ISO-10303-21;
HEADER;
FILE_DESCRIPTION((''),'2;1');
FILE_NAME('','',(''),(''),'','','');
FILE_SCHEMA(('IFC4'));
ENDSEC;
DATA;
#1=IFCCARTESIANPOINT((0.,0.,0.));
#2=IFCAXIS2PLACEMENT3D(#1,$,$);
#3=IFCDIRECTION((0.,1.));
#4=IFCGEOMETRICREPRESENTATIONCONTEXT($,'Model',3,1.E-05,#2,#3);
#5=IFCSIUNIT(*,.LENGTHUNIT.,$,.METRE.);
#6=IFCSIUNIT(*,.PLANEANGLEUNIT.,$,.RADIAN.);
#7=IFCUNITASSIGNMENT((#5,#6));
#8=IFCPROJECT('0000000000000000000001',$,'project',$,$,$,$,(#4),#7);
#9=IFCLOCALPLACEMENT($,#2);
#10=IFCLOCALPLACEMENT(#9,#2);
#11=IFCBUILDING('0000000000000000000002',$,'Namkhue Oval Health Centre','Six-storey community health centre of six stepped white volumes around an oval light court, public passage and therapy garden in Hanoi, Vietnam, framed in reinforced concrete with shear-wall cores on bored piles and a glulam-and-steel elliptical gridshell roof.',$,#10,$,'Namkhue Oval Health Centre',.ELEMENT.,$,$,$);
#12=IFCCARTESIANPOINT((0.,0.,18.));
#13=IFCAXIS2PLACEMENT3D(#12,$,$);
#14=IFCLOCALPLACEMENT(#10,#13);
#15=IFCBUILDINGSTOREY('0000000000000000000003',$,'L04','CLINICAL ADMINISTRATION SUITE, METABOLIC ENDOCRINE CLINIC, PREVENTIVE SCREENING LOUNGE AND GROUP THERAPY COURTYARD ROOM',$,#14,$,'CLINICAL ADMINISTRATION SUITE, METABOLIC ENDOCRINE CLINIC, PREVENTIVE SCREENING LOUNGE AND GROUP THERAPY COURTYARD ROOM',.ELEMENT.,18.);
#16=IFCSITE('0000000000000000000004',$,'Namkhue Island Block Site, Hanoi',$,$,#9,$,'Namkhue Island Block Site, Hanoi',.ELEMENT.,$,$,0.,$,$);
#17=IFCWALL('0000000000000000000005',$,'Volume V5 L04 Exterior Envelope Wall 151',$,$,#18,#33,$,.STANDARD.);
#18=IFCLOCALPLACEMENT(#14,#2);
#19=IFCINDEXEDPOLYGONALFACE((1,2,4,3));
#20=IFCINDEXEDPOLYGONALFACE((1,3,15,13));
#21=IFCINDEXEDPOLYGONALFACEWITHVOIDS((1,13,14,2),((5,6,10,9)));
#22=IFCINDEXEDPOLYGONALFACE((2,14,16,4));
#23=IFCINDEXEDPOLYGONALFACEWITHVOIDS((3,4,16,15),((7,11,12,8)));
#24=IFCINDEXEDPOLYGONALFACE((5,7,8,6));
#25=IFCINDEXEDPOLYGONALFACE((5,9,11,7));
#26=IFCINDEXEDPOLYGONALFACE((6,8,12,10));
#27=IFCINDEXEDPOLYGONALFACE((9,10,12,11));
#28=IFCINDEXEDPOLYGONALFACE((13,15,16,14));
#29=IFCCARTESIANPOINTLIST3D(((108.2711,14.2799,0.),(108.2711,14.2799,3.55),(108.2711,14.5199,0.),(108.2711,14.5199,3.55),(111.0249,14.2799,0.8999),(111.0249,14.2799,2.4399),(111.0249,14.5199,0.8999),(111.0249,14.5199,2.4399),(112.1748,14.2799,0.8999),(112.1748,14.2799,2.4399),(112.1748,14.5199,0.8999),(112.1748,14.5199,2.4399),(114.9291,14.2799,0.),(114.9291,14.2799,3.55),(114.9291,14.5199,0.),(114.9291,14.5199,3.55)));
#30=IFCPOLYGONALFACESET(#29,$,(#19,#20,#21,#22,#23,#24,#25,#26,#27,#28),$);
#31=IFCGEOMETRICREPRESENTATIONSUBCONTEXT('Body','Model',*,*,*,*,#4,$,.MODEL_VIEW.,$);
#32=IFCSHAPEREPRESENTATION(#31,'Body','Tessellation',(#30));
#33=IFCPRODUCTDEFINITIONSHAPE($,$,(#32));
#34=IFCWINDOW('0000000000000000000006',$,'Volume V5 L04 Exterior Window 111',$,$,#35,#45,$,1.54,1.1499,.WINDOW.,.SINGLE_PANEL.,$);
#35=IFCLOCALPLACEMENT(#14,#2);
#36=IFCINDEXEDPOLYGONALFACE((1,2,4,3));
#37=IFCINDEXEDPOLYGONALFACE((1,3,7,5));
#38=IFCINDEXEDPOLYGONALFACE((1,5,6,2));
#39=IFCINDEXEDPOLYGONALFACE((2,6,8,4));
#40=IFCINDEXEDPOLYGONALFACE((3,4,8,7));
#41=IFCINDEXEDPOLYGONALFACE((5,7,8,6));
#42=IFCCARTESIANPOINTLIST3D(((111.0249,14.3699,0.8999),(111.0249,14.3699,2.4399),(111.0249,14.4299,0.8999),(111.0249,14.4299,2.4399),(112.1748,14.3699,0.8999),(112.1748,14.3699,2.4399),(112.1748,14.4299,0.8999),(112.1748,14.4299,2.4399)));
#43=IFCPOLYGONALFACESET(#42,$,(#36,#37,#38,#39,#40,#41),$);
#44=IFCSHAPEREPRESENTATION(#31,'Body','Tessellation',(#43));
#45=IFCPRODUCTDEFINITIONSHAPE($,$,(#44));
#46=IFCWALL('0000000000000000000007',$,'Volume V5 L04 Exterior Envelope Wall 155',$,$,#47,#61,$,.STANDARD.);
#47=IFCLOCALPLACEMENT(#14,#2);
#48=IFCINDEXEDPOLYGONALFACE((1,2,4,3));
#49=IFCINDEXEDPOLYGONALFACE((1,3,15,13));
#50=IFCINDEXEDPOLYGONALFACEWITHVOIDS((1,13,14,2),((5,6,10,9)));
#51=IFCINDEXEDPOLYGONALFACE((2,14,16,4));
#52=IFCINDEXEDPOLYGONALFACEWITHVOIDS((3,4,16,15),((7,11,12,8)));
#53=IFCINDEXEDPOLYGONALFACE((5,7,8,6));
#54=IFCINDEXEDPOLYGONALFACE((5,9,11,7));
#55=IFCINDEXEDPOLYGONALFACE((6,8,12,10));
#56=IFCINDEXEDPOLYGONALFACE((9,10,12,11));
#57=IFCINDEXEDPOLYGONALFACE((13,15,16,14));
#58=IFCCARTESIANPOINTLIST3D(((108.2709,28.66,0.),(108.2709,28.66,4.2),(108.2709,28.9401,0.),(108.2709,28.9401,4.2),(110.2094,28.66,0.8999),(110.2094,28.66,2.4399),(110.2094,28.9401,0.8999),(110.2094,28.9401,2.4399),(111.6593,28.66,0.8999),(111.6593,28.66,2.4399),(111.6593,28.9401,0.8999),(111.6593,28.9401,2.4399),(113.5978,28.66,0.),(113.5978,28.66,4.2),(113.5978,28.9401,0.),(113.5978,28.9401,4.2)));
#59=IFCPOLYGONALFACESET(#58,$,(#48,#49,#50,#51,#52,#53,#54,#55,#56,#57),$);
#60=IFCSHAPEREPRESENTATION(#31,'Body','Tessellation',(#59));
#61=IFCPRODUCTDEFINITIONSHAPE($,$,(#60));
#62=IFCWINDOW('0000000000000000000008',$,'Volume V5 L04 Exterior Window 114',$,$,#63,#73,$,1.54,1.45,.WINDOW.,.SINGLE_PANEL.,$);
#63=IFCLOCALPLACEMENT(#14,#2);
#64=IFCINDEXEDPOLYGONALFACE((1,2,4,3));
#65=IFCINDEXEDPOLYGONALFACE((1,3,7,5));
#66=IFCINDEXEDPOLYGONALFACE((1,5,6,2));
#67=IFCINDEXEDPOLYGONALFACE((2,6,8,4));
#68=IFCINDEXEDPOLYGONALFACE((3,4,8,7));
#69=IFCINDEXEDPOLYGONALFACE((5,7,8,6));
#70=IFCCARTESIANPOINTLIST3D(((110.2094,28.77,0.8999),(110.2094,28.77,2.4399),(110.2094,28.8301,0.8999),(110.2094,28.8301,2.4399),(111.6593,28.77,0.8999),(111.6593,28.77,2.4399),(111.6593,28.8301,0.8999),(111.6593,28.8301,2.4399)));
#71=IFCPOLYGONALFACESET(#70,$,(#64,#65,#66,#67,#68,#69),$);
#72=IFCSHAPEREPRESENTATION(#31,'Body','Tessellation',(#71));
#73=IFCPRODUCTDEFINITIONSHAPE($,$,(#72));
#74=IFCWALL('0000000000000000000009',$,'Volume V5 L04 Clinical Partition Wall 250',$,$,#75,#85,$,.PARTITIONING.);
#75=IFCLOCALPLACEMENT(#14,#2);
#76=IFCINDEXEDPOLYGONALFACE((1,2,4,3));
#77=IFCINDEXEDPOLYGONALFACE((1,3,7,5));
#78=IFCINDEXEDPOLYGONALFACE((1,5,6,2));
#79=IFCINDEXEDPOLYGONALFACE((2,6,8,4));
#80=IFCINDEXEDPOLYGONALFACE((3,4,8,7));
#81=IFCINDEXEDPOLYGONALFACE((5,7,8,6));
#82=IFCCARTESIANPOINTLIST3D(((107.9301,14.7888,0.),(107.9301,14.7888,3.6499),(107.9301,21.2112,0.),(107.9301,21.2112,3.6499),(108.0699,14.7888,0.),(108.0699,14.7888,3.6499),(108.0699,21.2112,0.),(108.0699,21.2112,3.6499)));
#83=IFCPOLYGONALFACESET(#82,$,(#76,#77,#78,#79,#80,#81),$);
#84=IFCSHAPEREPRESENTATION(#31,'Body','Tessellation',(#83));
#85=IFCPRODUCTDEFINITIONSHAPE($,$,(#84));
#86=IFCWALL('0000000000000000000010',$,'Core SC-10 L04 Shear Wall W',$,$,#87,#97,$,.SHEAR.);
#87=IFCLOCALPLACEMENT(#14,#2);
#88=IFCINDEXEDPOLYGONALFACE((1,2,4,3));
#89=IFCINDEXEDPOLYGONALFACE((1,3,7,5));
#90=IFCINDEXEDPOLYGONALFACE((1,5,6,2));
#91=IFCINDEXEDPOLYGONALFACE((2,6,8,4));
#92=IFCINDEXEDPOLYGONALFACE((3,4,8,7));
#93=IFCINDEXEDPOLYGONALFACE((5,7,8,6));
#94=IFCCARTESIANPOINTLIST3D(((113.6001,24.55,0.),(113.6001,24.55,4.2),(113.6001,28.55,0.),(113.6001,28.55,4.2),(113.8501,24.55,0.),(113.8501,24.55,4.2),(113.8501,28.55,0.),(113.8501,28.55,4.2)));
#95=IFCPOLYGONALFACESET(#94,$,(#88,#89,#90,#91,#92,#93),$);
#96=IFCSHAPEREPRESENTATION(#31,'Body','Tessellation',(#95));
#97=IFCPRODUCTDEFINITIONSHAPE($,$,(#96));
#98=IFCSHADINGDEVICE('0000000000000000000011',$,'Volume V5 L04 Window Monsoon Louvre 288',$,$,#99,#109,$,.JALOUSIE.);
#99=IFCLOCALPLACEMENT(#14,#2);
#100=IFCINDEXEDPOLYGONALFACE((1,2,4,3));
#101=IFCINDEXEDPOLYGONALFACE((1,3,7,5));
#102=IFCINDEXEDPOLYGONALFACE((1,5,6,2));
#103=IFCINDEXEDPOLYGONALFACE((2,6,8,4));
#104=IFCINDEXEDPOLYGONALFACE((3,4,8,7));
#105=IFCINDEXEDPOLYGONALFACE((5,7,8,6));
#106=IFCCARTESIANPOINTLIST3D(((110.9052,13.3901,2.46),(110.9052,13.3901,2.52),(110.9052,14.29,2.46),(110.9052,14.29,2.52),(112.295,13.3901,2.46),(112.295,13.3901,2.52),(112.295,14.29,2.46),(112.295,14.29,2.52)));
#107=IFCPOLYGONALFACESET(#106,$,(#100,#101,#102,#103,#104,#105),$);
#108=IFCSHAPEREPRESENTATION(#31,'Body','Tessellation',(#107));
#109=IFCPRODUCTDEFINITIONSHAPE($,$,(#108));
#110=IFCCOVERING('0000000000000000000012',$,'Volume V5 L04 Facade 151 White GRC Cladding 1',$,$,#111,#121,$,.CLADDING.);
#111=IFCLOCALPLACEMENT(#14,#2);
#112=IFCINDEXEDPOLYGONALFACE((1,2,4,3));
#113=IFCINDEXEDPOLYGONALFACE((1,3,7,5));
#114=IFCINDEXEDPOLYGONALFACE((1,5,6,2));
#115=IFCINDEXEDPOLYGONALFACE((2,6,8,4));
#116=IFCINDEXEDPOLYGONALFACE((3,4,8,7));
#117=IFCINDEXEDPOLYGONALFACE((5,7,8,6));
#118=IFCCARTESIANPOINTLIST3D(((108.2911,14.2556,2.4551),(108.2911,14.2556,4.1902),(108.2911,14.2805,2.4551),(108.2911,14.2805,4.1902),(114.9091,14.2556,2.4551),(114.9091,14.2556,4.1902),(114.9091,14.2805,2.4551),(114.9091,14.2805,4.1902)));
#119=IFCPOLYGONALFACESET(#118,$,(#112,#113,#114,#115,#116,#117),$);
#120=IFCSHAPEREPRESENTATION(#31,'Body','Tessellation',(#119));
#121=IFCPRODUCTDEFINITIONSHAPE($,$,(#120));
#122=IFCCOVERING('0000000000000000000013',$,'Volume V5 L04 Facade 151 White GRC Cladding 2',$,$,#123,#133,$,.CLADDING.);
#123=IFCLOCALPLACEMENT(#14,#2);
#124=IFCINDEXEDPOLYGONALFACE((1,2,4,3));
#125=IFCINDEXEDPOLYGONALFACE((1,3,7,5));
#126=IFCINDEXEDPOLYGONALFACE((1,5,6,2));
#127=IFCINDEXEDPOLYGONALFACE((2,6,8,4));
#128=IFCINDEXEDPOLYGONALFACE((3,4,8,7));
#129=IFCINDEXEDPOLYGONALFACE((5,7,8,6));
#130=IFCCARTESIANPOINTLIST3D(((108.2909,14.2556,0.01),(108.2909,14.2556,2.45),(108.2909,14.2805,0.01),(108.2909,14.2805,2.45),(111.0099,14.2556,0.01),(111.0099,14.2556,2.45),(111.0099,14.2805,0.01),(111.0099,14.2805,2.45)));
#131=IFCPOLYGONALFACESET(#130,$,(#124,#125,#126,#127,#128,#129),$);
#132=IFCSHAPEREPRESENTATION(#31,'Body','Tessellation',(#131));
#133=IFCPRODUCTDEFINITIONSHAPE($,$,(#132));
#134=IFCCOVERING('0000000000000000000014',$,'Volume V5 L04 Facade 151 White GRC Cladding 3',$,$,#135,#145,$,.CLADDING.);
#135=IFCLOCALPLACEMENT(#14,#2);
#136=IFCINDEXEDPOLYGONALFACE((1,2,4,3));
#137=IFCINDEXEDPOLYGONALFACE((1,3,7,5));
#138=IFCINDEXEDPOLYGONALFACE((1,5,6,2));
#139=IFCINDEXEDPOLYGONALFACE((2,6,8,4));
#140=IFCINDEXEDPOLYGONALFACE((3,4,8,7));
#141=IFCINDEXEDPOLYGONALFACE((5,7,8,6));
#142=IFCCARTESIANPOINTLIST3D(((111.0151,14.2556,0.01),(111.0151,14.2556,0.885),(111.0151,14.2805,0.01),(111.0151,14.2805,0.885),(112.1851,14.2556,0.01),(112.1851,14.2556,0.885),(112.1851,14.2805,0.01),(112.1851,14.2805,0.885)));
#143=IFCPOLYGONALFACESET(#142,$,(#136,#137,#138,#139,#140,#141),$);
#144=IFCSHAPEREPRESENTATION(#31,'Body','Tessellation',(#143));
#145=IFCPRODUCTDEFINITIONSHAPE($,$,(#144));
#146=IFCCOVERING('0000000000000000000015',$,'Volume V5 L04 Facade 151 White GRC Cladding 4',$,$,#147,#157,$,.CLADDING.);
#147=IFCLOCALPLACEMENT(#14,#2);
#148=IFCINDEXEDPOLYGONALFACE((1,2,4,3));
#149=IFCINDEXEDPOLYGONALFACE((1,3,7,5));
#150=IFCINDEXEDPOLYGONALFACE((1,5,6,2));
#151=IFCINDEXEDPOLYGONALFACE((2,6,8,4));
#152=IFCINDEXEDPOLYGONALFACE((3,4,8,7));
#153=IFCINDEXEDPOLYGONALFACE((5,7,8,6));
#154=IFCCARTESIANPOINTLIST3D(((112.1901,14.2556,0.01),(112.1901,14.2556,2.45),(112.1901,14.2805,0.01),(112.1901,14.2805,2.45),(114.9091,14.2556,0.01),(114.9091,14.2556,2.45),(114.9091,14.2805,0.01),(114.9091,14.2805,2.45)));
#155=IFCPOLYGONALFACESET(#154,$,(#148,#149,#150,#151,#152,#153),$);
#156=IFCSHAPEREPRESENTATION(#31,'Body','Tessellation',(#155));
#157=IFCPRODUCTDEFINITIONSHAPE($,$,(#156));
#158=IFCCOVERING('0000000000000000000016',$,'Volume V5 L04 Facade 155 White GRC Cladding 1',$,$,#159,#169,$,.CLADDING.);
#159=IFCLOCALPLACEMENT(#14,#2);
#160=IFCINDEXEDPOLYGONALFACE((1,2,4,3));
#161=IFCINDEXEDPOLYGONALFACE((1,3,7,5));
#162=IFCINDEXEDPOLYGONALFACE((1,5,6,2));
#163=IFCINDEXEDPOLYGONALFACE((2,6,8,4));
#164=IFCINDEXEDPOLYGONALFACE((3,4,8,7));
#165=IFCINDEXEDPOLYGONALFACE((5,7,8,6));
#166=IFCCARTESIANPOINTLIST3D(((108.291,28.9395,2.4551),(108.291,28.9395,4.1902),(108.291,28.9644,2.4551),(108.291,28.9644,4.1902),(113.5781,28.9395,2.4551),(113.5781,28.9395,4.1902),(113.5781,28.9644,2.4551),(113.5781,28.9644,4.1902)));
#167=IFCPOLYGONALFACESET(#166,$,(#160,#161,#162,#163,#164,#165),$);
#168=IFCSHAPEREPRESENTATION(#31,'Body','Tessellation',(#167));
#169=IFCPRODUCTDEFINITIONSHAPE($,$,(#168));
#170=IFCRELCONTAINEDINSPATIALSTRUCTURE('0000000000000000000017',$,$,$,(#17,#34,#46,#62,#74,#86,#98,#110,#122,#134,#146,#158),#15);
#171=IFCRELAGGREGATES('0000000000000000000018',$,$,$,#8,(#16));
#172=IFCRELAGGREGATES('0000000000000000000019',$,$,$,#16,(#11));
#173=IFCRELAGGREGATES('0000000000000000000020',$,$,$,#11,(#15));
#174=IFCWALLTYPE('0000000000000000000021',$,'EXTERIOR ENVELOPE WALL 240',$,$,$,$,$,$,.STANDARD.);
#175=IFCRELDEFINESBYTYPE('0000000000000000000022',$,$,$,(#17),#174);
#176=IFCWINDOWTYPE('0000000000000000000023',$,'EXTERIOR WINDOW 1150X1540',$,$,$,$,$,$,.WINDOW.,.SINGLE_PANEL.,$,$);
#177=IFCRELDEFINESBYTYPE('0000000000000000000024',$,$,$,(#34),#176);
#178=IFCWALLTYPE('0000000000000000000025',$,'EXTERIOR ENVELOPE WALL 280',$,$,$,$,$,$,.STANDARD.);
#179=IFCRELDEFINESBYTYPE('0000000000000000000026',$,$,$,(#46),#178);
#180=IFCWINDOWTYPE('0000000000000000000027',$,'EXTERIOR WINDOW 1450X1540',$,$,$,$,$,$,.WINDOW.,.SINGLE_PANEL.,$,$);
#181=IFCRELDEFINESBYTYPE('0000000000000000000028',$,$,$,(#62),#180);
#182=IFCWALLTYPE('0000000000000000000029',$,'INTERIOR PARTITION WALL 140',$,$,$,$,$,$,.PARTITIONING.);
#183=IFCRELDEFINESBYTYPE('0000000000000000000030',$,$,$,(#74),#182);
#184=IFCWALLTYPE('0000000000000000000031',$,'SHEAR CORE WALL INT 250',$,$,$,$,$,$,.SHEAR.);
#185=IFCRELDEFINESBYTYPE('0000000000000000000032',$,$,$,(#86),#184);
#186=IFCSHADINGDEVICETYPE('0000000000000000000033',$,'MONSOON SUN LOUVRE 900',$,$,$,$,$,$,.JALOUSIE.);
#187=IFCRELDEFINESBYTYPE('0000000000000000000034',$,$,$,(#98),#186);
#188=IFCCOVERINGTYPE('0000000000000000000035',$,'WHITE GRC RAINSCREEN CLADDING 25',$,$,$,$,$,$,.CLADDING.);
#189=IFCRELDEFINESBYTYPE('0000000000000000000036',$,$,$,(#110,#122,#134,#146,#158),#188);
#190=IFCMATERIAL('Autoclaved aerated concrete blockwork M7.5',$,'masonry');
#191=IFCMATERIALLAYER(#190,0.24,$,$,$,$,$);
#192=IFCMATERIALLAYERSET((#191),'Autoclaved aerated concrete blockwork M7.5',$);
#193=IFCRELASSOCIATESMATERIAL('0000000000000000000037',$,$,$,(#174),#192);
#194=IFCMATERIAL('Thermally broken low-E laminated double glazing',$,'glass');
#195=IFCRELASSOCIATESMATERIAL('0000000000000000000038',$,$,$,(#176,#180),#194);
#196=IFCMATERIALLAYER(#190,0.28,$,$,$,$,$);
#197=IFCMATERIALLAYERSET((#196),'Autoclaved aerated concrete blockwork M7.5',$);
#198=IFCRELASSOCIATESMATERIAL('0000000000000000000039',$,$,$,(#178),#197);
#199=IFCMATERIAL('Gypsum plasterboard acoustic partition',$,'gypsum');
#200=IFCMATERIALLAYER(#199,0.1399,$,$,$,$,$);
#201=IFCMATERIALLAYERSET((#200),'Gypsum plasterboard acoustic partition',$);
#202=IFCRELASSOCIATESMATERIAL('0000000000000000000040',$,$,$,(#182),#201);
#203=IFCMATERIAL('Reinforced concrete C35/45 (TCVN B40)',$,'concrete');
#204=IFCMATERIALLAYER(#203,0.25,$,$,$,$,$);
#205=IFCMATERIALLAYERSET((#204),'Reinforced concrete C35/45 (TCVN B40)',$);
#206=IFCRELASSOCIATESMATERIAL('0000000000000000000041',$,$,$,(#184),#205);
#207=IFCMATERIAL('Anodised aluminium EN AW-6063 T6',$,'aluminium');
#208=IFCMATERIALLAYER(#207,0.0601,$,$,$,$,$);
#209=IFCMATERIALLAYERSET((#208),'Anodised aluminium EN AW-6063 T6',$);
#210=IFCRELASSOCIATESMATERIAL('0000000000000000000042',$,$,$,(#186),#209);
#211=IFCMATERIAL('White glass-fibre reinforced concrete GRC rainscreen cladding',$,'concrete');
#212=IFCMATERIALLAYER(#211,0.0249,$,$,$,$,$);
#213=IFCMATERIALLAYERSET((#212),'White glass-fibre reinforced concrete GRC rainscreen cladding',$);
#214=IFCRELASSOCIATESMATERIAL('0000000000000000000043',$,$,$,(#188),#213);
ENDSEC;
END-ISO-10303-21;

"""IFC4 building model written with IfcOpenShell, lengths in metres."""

from ifc_helpers import new_model, si_unit, direction, frame, frame_2d, origin, origin_2d, place, context, subcontext, project, spatial, rectangle, extrude, material, layer, layer_set, type_object, element, fill, save


model = new_model("IFC4")

# Units and contexts
model_context = context("Model", 3, precision=1e-05, world=origin(), true_north=direction((0.0, 1.0)))
body_context = subcontext(model_context, "Body", "Model", "MODEL_VIEW")
ifc_project = project(units=[si_unit("LENGTHUNIT", "METRE"), si_unit("PLANEANGLEUNIT", "RADIAN")], contexts=[model_context])

# Site, building, storey
site_placement = place(None, origin())
site = spatial("IfcSite", under=ifc_project, at=site_placement, Name="Namkhue Island Block Site, Hanoi", LongName="Namkhue Island Block Site, Hanoi", CompositionType="ELEMENT", RefElevation=0.0)
building_placement = place(site_placement, origin())
building = spatial("IfcBuilding", under=site, at=building_placement, Name="Namkhue Oval Health Centre", Description="Six-storey community health centre of six stepped white volumes around an oval light court, public passage and therapy garden in Hanoi, Vietnam, framed in reinforced concrete with shear-wall cores on bored piles and a glulam-and-steel elliptical gridshell roof.", LongName="Namkhue Oval Health Centre", CompositionType="ELEMENT")
storey_placement = place(building_placement, frame((0.0, 0.0, 18.0)))
storey = spatial("IfcBuildingStorey", under=building, at=storey_placement, Name="L04", Description="CLINICAL ADMINISTRATION SUITE, METABOLIC ENDOCRINE CLINIC, PREVENTIVE SCREENING LOUNGE AND GROUP THERAPY COURTYARD ROOM", LongName="CLINICAL ADMINISTRATION SUITE, METABOLIC ENDOCRINE CLINIC, PREVENTIVE SCREENING LOUNGE AND GROUP THERAPY COURTYARD ROOM", CompositionType="ELEMENT", Elevation=18.0)

# Shared definitions
ifc_material_1 = material(Name="Reinforced concrete C35/45 (TCVN B40)", Category="concrete")

# Wall, opening, window
ifc_material_2 = material(Name="Autoclaved aerated concrete blockwork M7.5", Category="masonry")
ifc_layer_1 = layer(ifc_material_2, 0.24)
ifc_layer_set_1 = layer_set([ifc_layer_1], Name="Autoclaved aerated concrete blockwork M7.5")
wall_type_1 = type_object("IfcWallType", Name="EXTERIOR ENVELOPE WALL 240", PredefinedType="STANDARD", material=ifc_layer_set_1)
wall_1_placement = place(storey_placement, frame((108.271, 14.3999, 0.0), z_axis=(0.0, 0.0, 1.0), x_axis=(1.0, 0.0, 0.0)))
wall_1 = element("IfcWall", 1, at=wall_1_placement, inside=storey, type_object=wall_type_1, Name="Volume V5 L04 Exterior Envelope Wall 151", PredefinedType="STANDARD", context=body_context, shape_type="SweptSolid", body=[
    extrude(rectangle(XDim=6.658, YDim=0.24, at=frame_2d((3.3291, 0.0))), origin(), (0.0, 0.0, 1.0), 3.55),
])
opening_1_placement = place(wall_1_placement, frame((2.7539, 0.0, 0.8999)))
opening_1 = element("IfcOpeningElement", 2, at=opening_1_placement, cuts=wall_1, PredefinedType="OPENING", context=body_context, shape_type="SweptSolid", body=[
    extrude(rectangle(XDim=1.1499, YDim=1.54, at=frame_2d((0.575, 0.77))), frame((0.0, 0.1299, 0.0), z_axis=(0.0, -1.0, 0.0), x_axis=(1.0, 0.0, 0.0)), (0.0, 0.0, 1.0), 0.26),
])
ifc_material_3 = material(Name="Thermally broken low-E laminated double glazing", Category="glass")
window_type_1 = type_object("IfcWindowType", Name="EXTERIOR WINDOW 1150X1540", PartitioningType="SINGLE_PANEL", PredefinedType="WINDOW", material=ifc_material_3)
window_1_placement = place(opening_1_placement, origin())
window_1 = element("IfcWindow", 3, at=window_1_placement, inside=storey, type_object=window_type_1, Name="Volume V5 L04 Exterior Window 111", OverallHeight=1.54, OverallWidth=1.1499, PartitioningType="SINGLE_PANEL", PredefinedType="WINDOW", context=body_context, shape_type="SweptSolid", body=[
    extrude(rectangle(XDim=1.1499, YDim=1.54, at=frame_2d((0.575, 0.77))), frame((0.0, 0.03, 0.0), z_axis=(0.0, -1.0, 0.0), x_axis=(1.0, 0.0, 0.0)), (0.0, 0.0, 1.0), 0.0601),
])
fill(opening_1, window_1)

# Wall, opening, window
ifc_layer_2 = layer(ifc_material_2, 0.28)
ifc_layer_set_2 = layer_set([ifc_layer_2], Name="Autoclaved aerated concrete blockwork M7.5")
wall_type_2 = type_object("IfcWallType", Name="EXTERIOR ENVELOPE WALL 280", PredefinedType="STANDARD", material=ifc_layer_set_2)
wall_2_placement = place(storey_placement, frame((113.5979, 28.8, 0.0), z_axis=(0.0, 0.0, 1.0), x_axis=(-1.0, 0.0, 0.0)))
wall_2 = element("IfcWall", 4, at=wall_2_placement, inside=storey, type_object=wall_type_2, Name="Volume V5 L04 Exterior Envelope Wall 155", PredefinedType="STANDARD", context=body_context, shape_type="SweptSolid", body=[
    extrude(rectangle(XDim=5.3269, YDim=0.28, at=frame_2d((2.6636, 0.0))), origin(), (0.0, 0.0, 1.0), 4.2),
])
opening_2_placement = place(wall_2_placement, frame((1.9385, 0.0, 0.8999)))
opening_2 = element("IfcOpeningElement", 5, at=opening_2_placement, cuts=wall_2, PredefinedType="OPENING", context=body_context, shape_type="SweptSolid", body=[
    extrude(rectangle(XDim=1.45, YDim=1.54, at=frame_2d((0.7251, 0.77))), frame((0.0, 0.1499, 0.0), z_axis=(0.0, -1.0, 0.0), x_axis=(1.0, 0.0, 0.0)), (0.0, 0.0, 1.0), 0.3),
])
window_type_2 = type_object("IfcWindowType", Name="EXTERIOR WINDOW 1450X1540", PartitioningType="SINGLE_PANEL", PredefinedType="WINDOW", material=ifc_material_3)
window_2_placement = place(opening_2_placement, origin())
window_2 = element("IfcWindow", 6, at=window_2_placement, inside=storey, type_object=window_type_2, Name="Volume V5 L04 Exterior Window 114", OverallHeight=1.54, OverallWidth=1.45, PartitioningType="SINGLE_PANEL", PredefinedType="WINDOW", context=body_context, shape_type="SweptSolid", body=[
    extrude(rectangle(XDim=1.45, YDim=1.54, at=frame_2d((0.7251, 0.77))), frame((0.0, 0.03, 0.0), z_axis=(0.0, -1.0, 0.0), x_axis=(1.0, 0.0, 0.0)), (0.0, 0.0, 1.0), 0.0601),
])
fill(opening_2, window_2)

# Wall
ifc_material_4 = material(Name="Gypsum plasterboard acoustic partition", Category="gypsum")
ifc_layer_3 = layer(ifc_material_4, 0.1399)
ifc_layer_set_3 = layer_set([ifc_layer_3], Name="Gypsum plasterboard acoustic partition")
wall_type_3 = type_object("IfcWallType", Name="INTERIOR PARTITION WALL 140", PredefinedType="PARTITIONING", material=ifc_layer_set_3)
wall_3_placement = place(storey_placement, frame((108.0, 14.7888, 0.0), z_axis=(0.0, 0.0, 1.0), x_axis=(0.0, 1.0, 0.0)))
element("IfcWall", 7, at=wall_3_placement, inside=storey, type_object=wall_type_3, Name="Volume V5 L04 Clinical Partition Wall 250", PredefinedType="PARTITIONING", context=body_context, shape_type="SweptSolid", body=[
    extrude(rectangle(XDim=6.4224, YDim=0.1399, at=frame_2d((3.2112, 0.0))), origin(), (0.0, 0.0, 1.0), 3.6499),
])

# Shared definitions
ifc_layer_4 = layer(ifc_material_1, 0.25)
ifc_layer_set_4 = layer_set([ifc_layer_4], Name="Reinforced concrete C35/45 (TCVN B40)")
wall_type_4 = type_object("IfcWallType", Name="SHEAR CORE WALL INT 250", PredefinedType="SHEAR", material=ifc_layer_set_4)

# Wall
wall_4_placement = place(storey_placement, frame((113.7251, 28.55, 0.0), z_axis=(0.0, 0.0, 1.0), x_axis=(0.0, -1.0, 0.0)))
element("IfcWall", 8, at=wall_4_placement, inside=storey, type_object=wall_type_4, Name="Core SC-10 L04 Shear Wall W", PredefinedType="SHEAR", context=body_context, shape_type="SweptSolid", body=[
    extrude(rectangle(XDim=4.0, YDim=0.25, at=frame_2d((2.0, 0.0))), origin(), (0.0, 0.0, 1.0), 4.2),
])

# Shading device
ifc_material_5 = material(Name="Anodised aluminium EN AW-6063 T6", Category="aluminium")
ifc_layer_5 = layer(ifc_material_5, 0.0601)
ifc_layer_set_5 = layer_set([ifc_layer_5], Name="Anodised aluminium EN AW-6063 T6")
shading_device_type = type_object("IfcShadingDeviceType", Name="MONSOON SUN LOUVRE 900", PredefinedType="JALOUSIE", material=ifc_layer_set_5)
shading_device_placement = place(storey_placement, frame((111.6001, 13.8401, 2.46), z_axis=(0.0, 0.0, 1.0), x_axis=(1.0, 0.0, 0.0)))
element("IfcShadingDevice", 9, at=shading_device_placement, inside=storey, type_object=shading_device_type, Name="Volume V5 L04 Window Monsoon Louvre 288", PredefinedType="JALOUSIE", context=body_context, shape_type="SweptSolid", body=[
    extrude(rectangle(XDim=1.3899, YDim=0.8999, at=origin_2d()), origin(), (0.0, 0.0, 1.0), 0.0601),
])

# Coverings
ifc_material_6 = material(Name="White glass-fibre reinforced concrete GRC rainscreen cladding", Category="concrete")
ifc_layer_6 = layer(ifc_material_6, 0.0249)
ifc_layer_set_6 = layer_set([ifc_layer_6], Name="White glass-fibre reinforced concrete GRC rainscreen cladding")
covering_type = type_object("IfcCoveringType", Name="WHITE GRC RAINSCREEN CLADDING 25", PredefinedType="CLADDING", material=ifc_layer_set_6)
covering_1_placement = place(storey_placement, frame((111.6001, 14.2681, 2.4551), z_axis=(0.0, 0.0, 1.0), x_axis=(1.0, 0.0, 0.0)))
element("IfcCovering", 10, at=covering_1_placement, inside=storey, type_object=covering_type, Name="Volume V5 L04 Facade 151 White GRC Cladding 1", PredefinedType="CLADDING", context=body_context, shape_type="SweptSolid", body=[
    extrude(rectangle(XDim=6.6179, YDim=0.0249, at=origin_2d()), origin(), (0.0, 0.0, 1.0), 1.7351),
])
covering_2_placement = place(storey_placement, frame((109.6504, 14.2681, 0.01), z_axis=(0.0, 0.0, 1.0), x_axis=(1.0, 0.0, 0.0)))
element("IfcCovering", 11, at=covering_2_placement, inside=storey, type_object=covering_type, Name="Volume V5 L04 Facade 151 White GRC Cladding 2", PredefinedType="CLADDING", context=body_context, shape_type="SweptSolid", body=[
    extrude(rectangle(XDim=2.719, YDim=0.0249, at=origin_2d()), origin(), (0.0, 0.0, 1.0), 2.4399),
])
covering_3_placement = place(storey_placement, frame((111.6001, 14.2681, 0.01), z_axis=(0.0, 0.0, 1.0), x_axis=(1.0, 0.0, 0.0)))
element("IfcCovering", 12, at=covering_3_placement, inside=storey, type_object=covering_type, Name="Volume V5 L04 Facade 151 White GRC Cladding 3", PredefinedType="CLADDING", context=body_context, shape_type="SweptSolid", body=[
    extrude(rectangle(XDim=1.1699, YDim=0.0249, at=origin_2d()), origin(), (0.0, 0.0, 1.0), 0.875),
])
covering_4_placement = place(storey_placement, frame((113.5496, 14.2681, 0.01), z_axis=(0.0, 0.0, 1.0), x_axis=(1.0, 0.0, 0.0)))
element("IfcCovering", 13, at=covering_4_placement, inside=storey, type_object=covering_type, Name="Volume V5 L04 Facade 151 White GRC Cladding 4", PredefinedType="CLADDING", context=body_context, shape_type="SweptSolid", body=[
    extrude(rectangle(XDim=2.719, YDim=0.0249, at=origin_2d()), origin(), (0.0, 0.0, 1.0), 2.4399),
])
covering_5_placement = place(storey_placement, frame((110.9346, 28.9519, 2.4551), z_axis=(0.0, 0.0, 1.0), x_axis=(-1.0, 0.0, 0.0)))
element("IfcCovering", 14, at=covering_5_placement, inside=storey, type_object=covering_type, Name="Volume V5 L04 Facade 155 White GRC Cladding 1", PredefinedType="CLADDING", context=body_context, shape_type="SweptSolid", body=[
    extrude(rectangle(XDim=5.2871, YDim=0.0249, at=origin_2d()), origin(), (0.0, 0.0, 1.0), 1.7351),
])

save(model, "model.ifc")
